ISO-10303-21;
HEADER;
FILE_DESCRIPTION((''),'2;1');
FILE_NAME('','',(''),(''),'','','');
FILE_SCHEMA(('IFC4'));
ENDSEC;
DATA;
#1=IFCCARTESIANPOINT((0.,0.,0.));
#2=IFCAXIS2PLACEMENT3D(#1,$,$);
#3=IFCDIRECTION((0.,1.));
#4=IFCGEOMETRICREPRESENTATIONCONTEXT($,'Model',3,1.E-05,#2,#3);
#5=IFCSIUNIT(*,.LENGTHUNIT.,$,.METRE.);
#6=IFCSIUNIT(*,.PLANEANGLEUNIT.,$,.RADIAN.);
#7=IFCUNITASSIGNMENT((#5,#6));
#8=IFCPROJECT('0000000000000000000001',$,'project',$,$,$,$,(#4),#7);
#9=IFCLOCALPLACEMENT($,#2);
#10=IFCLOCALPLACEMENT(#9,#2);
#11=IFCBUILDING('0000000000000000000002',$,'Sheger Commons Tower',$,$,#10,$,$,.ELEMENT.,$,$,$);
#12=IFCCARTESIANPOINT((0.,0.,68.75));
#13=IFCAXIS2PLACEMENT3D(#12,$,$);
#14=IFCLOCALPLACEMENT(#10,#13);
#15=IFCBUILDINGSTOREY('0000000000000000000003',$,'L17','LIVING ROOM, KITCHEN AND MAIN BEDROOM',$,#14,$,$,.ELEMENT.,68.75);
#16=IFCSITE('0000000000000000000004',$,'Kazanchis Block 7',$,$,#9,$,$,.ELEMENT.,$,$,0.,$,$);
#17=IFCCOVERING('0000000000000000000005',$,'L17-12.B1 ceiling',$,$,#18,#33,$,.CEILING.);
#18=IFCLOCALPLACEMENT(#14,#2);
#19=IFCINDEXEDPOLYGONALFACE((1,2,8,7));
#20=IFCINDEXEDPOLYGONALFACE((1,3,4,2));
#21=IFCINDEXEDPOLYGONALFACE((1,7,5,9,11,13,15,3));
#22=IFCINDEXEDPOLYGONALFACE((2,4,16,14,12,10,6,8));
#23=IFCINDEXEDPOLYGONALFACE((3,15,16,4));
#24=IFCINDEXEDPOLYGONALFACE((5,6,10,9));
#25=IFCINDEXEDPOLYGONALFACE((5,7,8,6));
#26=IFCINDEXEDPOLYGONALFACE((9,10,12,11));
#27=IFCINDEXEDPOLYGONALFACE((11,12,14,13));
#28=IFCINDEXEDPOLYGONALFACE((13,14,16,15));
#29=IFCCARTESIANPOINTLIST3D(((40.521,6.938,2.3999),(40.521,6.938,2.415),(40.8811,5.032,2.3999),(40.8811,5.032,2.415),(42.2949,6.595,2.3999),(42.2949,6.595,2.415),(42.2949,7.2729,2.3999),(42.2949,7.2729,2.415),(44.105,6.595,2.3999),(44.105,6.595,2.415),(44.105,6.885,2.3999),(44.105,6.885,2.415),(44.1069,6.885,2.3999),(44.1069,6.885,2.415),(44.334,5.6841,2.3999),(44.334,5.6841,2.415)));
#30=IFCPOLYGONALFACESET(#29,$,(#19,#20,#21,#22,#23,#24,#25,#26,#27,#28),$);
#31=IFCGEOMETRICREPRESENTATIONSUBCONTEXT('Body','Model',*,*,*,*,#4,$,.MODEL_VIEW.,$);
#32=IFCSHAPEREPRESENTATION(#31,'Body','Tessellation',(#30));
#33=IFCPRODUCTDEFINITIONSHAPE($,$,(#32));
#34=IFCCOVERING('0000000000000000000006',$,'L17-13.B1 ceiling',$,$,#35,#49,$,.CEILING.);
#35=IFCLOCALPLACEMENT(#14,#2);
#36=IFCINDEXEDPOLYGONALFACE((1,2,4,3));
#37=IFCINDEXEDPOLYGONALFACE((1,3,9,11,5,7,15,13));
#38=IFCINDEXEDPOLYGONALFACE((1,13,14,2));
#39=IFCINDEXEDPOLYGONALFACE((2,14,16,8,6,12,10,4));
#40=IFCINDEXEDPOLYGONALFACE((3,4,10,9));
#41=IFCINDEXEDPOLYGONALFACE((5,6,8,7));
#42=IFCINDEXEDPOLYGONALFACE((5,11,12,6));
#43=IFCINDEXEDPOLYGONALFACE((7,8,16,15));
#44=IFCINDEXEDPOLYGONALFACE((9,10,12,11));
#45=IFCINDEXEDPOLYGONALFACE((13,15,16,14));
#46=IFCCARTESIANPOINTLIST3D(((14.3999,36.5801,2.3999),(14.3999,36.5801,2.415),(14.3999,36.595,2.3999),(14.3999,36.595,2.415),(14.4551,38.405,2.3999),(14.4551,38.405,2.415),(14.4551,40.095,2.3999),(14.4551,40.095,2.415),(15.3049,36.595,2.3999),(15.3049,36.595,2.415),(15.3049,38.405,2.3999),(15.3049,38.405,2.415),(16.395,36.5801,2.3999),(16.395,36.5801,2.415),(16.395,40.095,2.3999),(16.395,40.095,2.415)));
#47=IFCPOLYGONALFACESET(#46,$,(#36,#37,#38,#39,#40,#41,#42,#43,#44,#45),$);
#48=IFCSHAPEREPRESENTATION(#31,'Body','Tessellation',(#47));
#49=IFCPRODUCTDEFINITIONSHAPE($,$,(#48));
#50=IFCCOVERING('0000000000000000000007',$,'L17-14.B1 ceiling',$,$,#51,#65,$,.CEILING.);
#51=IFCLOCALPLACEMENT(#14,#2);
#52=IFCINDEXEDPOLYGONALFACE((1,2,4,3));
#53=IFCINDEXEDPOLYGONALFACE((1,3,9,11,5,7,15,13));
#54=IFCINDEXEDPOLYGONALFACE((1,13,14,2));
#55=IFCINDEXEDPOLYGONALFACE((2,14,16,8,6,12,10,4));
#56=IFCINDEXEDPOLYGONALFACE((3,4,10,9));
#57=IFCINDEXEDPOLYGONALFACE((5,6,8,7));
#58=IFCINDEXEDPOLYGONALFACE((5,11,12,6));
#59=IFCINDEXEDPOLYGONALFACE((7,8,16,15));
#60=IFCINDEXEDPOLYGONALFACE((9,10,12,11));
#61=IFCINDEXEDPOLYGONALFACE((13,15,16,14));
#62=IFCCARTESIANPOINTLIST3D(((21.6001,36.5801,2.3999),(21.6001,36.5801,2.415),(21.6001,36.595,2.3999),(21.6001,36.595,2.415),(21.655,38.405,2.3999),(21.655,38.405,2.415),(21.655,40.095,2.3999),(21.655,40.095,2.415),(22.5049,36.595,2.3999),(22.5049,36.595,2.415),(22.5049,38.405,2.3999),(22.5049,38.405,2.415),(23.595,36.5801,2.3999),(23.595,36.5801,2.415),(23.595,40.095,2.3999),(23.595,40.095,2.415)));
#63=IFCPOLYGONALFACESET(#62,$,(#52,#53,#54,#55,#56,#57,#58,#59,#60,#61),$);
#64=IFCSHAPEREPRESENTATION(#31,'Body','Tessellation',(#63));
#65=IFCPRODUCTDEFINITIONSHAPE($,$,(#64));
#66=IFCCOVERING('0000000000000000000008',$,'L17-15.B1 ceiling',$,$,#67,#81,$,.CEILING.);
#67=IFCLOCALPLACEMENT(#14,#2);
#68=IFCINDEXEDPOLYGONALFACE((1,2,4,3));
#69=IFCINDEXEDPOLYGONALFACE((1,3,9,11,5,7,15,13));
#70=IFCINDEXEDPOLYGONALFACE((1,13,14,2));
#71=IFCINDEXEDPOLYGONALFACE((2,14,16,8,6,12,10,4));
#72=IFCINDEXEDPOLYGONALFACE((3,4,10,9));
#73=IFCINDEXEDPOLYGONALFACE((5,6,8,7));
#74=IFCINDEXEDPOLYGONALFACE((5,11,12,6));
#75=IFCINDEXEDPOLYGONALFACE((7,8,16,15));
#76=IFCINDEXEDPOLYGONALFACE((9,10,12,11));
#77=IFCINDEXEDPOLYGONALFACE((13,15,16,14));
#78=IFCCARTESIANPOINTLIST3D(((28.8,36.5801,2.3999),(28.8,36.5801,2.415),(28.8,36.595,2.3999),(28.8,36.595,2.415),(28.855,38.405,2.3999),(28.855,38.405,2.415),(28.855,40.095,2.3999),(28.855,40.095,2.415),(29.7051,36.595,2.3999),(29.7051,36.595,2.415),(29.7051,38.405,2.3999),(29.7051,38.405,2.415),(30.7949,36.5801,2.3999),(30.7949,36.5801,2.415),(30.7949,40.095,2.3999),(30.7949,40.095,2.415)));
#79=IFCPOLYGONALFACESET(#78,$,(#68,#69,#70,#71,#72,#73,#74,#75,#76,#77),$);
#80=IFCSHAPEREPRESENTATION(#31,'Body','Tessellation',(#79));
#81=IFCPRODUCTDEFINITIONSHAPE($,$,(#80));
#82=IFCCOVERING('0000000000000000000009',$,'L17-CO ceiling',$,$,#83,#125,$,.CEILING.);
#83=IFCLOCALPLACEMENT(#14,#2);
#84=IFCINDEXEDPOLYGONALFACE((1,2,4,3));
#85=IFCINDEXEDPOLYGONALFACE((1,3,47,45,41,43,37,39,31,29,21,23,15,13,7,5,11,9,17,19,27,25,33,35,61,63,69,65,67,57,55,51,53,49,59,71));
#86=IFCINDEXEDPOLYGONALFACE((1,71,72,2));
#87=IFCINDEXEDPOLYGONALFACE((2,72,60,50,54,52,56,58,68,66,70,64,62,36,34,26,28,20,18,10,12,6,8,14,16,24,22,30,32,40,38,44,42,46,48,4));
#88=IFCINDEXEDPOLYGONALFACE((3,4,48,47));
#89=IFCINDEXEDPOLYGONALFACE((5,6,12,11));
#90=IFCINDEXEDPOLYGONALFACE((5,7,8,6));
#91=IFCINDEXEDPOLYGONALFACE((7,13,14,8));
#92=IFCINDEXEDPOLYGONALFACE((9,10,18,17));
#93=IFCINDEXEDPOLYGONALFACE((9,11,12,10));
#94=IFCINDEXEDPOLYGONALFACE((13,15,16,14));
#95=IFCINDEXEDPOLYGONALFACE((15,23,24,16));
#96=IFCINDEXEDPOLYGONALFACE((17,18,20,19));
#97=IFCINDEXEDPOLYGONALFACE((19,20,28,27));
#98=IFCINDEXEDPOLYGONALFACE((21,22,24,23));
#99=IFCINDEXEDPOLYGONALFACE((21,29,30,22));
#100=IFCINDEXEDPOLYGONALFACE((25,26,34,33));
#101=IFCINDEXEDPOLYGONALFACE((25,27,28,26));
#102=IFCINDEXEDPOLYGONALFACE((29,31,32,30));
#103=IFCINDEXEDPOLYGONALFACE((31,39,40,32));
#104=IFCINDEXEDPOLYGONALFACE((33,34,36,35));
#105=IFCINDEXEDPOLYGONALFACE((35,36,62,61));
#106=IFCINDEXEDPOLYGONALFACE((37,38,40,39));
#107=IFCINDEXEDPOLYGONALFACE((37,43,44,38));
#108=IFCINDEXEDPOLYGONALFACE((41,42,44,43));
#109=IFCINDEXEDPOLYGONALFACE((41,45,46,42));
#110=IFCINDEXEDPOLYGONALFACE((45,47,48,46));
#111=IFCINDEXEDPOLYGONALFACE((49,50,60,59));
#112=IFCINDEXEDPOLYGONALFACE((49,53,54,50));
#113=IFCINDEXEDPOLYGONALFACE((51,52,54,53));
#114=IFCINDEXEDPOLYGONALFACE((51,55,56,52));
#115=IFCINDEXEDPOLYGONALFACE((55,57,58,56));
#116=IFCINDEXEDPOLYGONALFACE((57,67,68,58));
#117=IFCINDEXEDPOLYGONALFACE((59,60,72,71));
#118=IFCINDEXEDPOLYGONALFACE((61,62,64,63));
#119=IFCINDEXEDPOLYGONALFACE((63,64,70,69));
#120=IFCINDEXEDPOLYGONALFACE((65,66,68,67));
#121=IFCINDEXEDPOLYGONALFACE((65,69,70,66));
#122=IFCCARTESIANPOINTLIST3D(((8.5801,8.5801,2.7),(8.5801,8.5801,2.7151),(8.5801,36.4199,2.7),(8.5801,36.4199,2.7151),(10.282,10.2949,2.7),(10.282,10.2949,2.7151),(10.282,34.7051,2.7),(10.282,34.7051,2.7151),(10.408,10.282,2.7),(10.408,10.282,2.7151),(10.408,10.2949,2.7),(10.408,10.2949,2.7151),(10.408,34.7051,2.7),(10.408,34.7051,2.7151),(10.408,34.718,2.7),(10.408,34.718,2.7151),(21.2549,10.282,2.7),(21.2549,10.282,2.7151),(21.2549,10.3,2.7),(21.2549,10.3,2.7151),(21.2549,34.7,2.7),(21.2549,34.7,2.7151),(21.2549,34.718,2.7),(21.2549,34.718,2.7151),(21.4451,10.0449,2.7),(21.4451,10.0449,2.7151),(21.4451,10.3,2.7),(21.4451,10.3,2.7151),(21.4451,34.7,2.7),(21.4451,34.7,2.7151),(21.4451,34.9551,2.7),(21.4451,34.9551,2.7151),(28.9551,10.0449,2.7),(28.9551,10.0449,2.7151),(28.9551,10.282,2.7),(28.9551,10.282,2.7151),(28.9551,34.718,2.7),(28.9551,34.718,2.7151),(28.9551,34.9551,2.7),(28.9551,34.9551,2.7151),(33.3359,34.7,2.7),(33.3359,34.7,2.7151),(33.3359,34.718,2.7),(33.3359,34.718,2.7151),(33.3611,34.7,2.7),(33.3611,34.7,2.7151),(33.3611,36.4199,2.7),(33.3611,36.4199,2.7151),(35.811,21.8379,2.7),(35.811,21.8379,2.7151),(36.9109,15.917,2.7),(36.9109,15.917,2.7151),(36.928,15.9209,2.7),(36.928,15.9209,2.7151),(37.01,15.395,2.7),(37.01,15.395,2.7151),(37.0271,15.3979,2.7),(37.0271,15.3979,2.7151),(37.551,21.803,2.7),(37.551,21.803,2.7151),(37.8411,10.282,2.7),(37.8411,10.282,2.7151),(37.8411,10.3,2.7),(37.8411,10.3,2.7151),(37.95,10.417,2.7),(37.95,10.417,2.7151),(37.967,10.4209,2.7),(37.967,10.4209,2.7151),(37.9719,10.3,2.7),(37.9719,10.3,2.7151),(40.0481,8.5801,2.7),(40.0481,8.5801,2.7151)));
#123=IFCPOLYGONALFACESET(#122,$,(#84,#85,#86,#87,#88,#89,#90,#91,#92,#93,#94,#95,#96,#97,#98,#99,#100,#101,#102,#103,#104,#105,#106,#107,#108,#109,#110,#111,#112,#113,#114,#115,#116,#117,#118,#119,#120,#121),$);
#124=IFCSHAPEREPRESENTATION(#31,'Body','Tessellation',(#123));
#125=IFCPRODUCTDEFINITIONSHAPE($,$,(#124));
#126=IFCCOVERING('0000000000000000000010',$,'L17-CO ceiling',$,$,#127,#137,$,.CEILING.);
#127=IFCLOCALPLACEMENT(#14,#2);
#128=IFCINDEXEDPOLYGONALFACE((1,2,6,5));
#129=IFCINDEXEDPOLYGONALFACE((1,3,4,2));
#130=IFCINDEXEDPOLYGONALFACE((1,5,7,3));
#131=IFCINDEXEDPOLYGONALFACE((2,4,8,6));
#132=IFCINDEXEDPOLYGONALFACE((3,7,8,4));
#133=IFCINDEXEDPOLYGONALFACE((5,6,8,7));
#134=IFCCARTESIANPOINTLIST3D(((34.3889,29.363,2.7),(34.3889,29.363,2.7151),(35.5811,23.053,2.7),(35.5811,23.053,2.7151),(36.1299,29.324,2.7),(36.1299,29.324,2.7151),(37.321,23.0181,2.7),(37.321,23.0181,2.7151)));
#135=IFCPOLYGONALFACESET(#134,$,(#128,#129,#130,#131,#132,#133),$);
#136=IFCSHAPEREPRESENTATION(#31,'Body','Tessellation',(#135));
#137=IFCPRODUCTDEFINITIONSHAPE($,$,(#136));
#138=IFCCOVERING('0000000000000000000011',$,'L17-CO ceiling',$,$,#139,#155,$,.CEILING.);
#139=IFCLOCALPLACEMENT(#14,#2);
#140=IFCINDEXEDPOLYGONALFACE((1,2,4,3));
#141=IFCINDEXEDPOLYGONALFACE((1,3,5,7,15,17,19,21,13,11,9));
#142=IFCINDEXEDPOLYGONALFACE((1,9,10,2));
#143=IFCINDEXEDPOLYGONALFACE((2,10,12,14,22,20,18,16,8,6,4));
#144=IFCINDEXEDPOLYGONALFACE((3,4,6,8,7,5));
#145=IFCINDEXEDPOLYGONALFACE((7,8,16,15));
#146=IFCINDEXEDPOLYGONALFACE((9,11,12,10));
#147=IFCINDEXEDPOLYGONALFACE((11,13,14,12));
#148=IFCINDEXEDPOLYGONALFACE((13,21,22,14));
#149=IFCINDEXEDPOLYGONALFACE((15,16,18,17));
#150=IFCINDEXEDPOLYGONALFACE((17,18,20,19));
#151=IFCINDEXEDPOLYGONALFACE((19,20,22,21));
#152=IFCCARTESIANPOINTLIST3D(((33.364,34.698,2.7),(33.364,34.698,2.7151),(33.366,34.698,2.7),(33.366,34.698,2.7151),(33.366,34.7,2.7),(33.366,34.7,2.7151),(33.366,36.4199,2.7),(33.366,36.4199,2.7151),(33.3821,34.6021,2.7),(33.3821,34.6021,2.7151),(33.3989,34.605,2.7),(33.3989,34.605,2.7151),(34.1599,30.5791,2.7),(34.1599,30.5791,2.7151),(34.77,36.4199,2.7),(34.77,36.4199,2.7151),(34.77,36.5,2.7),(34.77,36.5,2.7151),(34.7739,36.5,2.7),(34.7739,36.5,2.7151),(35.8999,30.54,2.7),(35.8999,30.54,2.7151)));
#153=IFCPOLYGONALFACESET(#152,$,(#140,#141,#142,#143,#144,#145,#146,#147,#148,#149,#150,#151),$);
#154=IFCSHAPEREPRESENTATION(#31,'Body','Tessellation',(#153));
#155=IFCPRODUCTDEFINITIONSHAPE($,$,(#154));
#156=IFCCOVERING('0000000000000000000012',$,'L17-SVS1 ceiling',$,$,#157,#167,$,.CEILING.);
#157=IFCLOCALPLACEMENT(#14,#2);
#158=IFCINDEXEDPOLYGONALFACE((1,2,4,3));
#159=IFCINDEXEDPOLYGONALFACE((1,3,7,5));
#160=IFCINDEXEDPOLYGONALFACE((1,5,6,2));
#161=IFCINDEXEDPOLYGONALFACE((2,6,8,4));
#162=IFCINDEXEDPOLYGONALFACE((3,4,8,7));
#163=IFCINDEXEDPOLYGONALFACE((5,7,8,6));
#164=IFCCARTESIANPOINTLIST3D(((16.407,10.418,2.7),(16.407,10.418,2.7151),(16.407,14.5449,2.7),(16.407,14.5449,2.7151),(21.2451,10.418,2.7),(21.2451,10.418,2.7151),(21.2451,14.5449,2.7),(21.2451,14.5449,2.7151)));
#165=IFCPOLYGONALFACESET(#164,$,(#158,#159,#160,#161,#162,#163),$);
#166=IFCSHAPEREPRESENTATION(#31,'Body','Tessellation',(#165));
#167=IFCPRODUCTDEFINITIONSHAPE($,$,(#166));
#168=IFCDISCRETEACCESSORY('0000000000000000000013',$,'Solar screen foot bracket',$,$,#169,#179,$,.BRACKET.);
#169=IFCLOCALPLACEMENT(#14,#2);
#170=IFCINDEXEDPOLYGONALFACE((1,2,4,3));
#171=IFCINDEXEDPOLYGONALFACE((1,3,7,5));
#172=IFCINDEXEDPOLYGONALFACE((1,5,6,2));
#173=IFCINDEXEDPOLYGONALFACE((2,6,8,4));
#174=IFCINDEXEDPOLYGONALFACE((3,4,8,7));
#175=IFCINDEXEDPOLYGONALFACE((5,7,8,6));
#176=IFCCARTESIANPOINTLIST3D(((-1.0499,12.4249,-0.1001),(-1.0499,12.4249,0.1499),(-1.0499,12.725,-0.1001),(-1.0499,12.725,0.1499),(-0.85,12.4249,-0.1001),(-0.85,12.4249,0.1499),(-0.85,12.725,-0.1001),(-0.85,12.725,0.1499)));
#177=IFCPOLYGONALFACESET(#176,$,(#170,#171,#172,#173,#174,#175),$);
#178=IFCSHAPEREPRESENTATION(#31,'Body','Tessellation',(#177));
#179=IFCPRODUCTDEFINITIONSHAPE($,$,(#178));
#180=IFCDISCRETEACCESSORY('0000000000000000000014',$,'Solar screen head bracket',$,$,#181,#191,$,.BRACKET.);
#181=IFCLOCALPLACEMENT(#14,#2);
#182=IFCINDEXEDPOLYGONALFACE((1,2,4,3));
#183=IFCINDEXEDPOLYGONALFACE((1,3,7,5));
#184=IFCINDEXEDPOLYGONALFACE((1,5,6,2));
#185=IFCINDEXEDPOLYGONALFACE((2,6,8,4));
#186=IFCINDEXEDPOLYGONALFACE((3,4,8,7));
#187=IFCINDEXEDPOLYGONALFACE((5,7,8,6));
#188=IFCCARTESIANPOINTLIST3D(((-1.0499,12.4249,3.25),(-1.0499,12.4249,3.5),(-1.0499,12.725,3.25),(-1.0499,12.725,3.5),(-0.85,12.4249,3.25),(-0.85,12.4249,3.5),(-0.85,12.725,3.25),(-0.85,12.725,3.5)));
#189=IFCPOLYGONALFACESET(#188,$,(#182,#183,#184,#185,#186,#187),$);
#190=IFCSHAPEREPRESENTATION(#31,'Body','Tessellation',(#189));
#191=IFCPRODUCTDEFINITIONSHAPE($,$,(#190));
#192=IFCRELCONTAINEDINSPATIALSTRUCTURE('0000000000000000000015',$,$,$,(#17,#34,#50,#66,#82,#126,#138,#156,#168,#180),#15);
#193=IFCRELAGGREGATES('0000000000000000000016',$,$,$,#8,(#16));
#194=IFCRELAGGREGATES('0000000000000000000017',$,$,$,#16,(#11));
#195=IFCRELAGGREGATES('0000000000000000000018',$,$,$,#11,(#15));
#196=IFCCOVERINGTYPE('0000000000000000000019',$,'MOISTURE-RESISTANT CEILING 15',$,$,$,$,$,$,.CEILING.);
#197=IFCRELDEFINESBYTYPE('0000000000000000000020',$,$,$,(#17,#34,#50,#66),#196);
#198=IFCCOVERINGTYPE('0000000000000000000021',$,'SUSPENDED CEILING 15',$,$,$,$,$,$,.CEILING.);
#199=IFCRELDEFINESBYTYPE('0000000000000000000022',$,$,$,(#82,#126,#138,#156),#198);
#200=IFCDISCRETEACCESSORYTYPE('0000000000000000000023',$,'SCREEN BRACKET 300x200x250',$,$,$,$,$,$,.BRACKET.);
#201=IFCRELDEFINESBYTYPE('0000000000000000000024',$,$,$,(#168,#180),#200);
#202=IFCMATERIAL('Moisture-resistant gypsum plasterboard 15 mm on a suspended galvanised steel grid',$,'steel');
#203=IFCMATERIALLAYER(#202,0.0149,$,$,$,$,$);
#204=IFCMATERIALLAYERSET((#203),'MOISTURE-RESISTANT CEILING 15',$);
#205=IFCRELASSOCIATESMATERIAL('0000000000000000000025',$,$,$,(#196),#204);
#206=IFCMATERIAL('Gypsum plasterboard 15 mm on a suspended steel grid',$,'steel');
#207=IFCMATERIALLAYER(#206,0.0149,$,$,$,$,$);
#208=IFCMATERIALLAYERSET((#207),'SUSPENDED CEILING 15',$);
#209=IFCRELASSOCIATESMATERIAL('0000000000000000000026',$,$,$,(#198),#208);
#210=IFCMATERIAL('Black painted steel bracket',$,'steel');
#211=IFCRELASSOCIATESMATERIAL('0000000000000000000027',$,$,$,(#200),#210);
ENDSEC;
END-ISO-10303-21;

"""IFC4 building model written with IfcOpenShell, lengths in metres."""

from ifc_helpers import new_model, si_unit, direction, frame, origin, origin_2d, place, context, subcontext, project, spatial, polyline, rectangle, outline, extrude, material, layer, layer_set, type_object, element, save


model = new_model("IFC4")

# Units and contexts
model_context = context("Model", 3, precision=1e-05, world=origin(), true_north=direction((0.0, 1.0)))
body_context = subcontext(model_context, "Body", "Model", "MODEL_VIEW")
ifc_project = project(units=[si_unit("LENGTHUNIT", "METRE"), si_unit("PLANEANGLEUNIT", "RADIAN")], contexts=[model_context])

# Site, building, storey
site_placement = place(None, origin())
site = spatial("IfcSite", under=ifc_project, at=site_placement, Name="Kazanchis Block 7", CompositionType="ELEMENT", RefElevation=0.0)
building_placement = place(site_placement, origin())
building = spatial("IfcBuilding", under=site, at=building_placement, Name="Sheger Commons Tower", CompositionType="ELEMENT")
storey_placement = place(building_placement, frame((0.0, 0.0, 68.75)))
storey = spatial("IfcBuildingStorey", under=building, at=storey_placement, Name="L17", Description="LIVING ROOM, KITCHEN AND MAIN BEDROOM", CompositionType="ELEMENT", Elevation=68.75)

# Coverings
ifc_material_1 = material(Name="Moisture-resistant gypsum plasterboard 15 mm on a suspended galvanised steel grid", Category="steel")
ifc_layer_1 = layer(ifc_material_1, 0.0149)
ifc_layer_set_1 = layer_set([ifc_layer_1], Name="MOISTURE-RESISTANT CEILING 15")
covering_type_1 = type_object("IfcCoveringType", Name="MOISTURE-RESISTANT CEILING 15", PredefinedType="CEILING", material=ifc_layer_set_1)
covering_1_placement = place(storey_placement, frame((0.0, 0.0, 2.3999)))
element("IfcCovering", 1, at=covering_1_placement, inside=storey, type_object=covering_type_1, Name="L17-12.B1 ceiling", PredefinedType="CEILING", context=body_context, shape_type="SweptSolid", body=[
    extrude(outline(polyline([(40.8811, 5.032), (44.334, 5.6841), (44.1069, 6.885), (44.105, 6.885), (44.105, 6.595), (42.2949, 6.595), (42.2949, 7.2729), (40.521, 6.938), (40.8811, 5.032)])), origin(), (0.0, 0.0, 1.0), 0.0151),
])
covering_2_placement = place(storey_placement, frame((0.0, 0.0, 2.3999)))
element("IfcCovering", 2, at=covering_2_placement, inside=storey, type_object=covering_type_1, Name="L17-13.B1 ceiling", PredefinedType="CEILING", context=body_context, shape_type="SweptSolid", body=[
    extrude(outline(polyline([(14.3999, 36.5801), (16.395, 36.5801), (16.395, 40.095), (14.4551, 40.095), (14.4551, 38.405), (15.3049, 38.405), (15.3049, 36.595), (14.3999, 36.595), (14.3999, 36.5801)])), origin(), (0.0, 0.0, 1.0), 0.0151),
])
covering_3_placement = place(storey_placement, frame((0.0, 0.0, 2.3999)))
element("IfcCovering", 3, at=covering_3_placement, inside=storey, type_object=covering_type_1, Name="L17-14.B1 ceiling", PredefinedType="CEILING", context=body_context, shape_type="SweptSolid", body=[
    extrude(outline(polyline([(21.6001, 36.5801), (23.595, 36.5801), (23.595, 40.095), (21.655, 40.095), (21.655, 38.405), (22.5049, 38.405), (22.5049, 36.595), (21.6001, 36.595), (21.6001, 36.5801)])), origin(), (0.0, 0.0, 1.0), 0.0151),
])
covering_4_placement = place(storey_placement, frame((0.0, 0.0, 2.3999)))
element("IfcCovering", 4, at=covering_4_placement, inside=storey, type_object=covering_type_1, Name="L17-15.B1 ceiling", PredefinedType="CEILING", context=body_context, shape_type="SweptSolid", body=[
    extrude(outline(polyline([(28.8, 36.5801), (30.7949, 36.5801), (30.7949, 40.095), (28.855, 40.095), (28.855, 38.405), (29.7051, 38.405), (29.7051, 36.595), (28.8, 36.595), (28.8, 36.5801)])), origin(), (0.0, 0.0, 1.0), 0.0151),
])
ifc_material_2 = material(Name="Gypsum plasterboard 15 mm on a suspended steel grid", Category="steel")
ifc_layer_2 = layer(ifc_material_2, 0.0149)
ifc_layer_set_2 = layer_set([ifc_layer_2], Name="SUSPENDED CEILING 15")
covering_type_2 = type_object("IfcCoveringType", Name="SUSPENDED CEILING 15", PredefinedType="CEILING", material=ifc_layer_set_2)
covering_5_placement = place(storey_placement, frame((0.0, 0.0, 2.7)))
element("IfcCovering", 5, at=covering_5_placement, inside=storey, type_object=covering_type_2, Name="L17-CO ceiling", PredefinedType="CEILING", context=body_context, shape_type="SweptSolid", body=[
    extrude(outline(polyline([(8.5801, 8.5801), (40.0481, 8.5801), (37.551, 21.803), (35.811, 21.8379), (36.928, 15.9209), (36.9109, 15.917), (37.01, 15.395), (37.0271, 15.3979), (37.967, 10.4209), (37.95, 10.417), (37.9719, 10.3), (37.8411, 10.3), (37.8411, 10.282), (28.9551, 10.282), (28.9551, 10.0449), (21.4451, 10.0449), (21.4451, 10.3), (21.2549, 10.3), (21.2549, 10.282), (10.408, 10.282), (10.408, 10.2949), (10.282, 10.2949), (10.282, 34.7051), (10.408, 34.7051), (10.408, 34.718), (21.2549, 34.718), (21.2549, 34.7), (21.4451, 34.7), (21.4451, 34.9551), (28.9551, 34.9551), (28.9551, 34.718), (33.3359, 34.718), (33.3359, 34.7), (33.3611, 34.7), (33.3611, 36.4199), (8.5801, 36.4199), (8.5801, 8.5801)])), origin(), (0.0, 0.0, 1.0), 0.0151),
])
covering_6_placement = place(storey_placement, frame((0.0, 0.0, 2.7)))
element("IfcCovering", 6, at=covering_6_placement, inside=storey, type_object=covering_type_2, Name="L17-CO ceiling", PredefinedType="CEILING", context=body_context, shape_type="SweptSolid", body=[
    extrude(outline(polyline([(37.321, 23.0181), (36.1299, 29.324), (34.3889, 29.363), (35.5811, 23.053), (37.321, 23.0181)])), origin(), (0.0, 0.0, 1.0), 0.0151),
])
covering_7_placement = place(storey_placement, frame((0.0, 0.0, 2.7)))
element("IfcCovering", 7, at=covering_7_placement, inside=storey, type_object=covering_type_2, Name="L17-CO ceiling", PredefinedType="CEILING", context=body_context, shape_type="SweptSolid", body=[
    extrude(outline(polyline([(35.8999, 30.54), (34.7739, 36.5), (34.77, 36.5), (34.77, 36.4199), (33.366, 36.4199), (33.366, 34.7), (33.366, 34.698), (33.364, 34.698), (33.3821, 34.6021), (33.3989, 34.605), (34.1599, 30.5791), (35.8999, 30.54)])), origin(), (0.0, 0.0, 1.0), 0.0151),
])
covering_8_placement = place(storey_placement, frame((0.0, 0.0, 2.7)))
element("IfcCovering", 8, at=covering_8_placement, inside=storey, type_object=covering_type_2, Name="L17-SVS1 ceiling", PredefinedType="CEILING", context=body_context, shape_type="SweptSolid", body=[
    extrude(outline(polyline([(16.407, 10.418), (21.2451, 10.418), (21.2451, 14.5449), (16.407, 14.5449), (16.407, 10.418)])), origin(), (0.0, 0.0, 1.0), 0.0151),
])

# Discrete accessories
ifc_material_3 = material(Name="Black painted steel bracket", Category="steel")
discrete_accessory_type = type_object("IfcDiscreteAccessoryType", Name="SCREEN BRACKET 300x200x250", PredefinedType="BRACKET", material=ifc_material_3)
for number, where, z_axis, x_axis, name in (
    (9, (-0.95, 12.575, -0.1001), (0.0, 0.0, 1.0), (0.0, -1.0, 0.0), "Solar screen foot bracket"),
    (10, (-0.95, 12.575, 3.25), (0.0, 0.0, 1.0), (0.0, -1.0, 0.0), "Solar screen head bracket"),
):
    element("IfcDiscreteAccessory", number, at=place(storey_placement, frame(where, z_axis=z_axis, x_axis=x_axis)), inside=storey, type_object=discrete_accessory_type, Name=name, PredefinedType="BRACKET", context=body_context, shape_type="SweptSolid", body=[
        extrude(rectangle(XDim=0.3, YDim=0.2, at=origin_2d()), origin(), (0.0, 0.0, 1.0), 0.25),
    ])

save(model, "model.ifc")
